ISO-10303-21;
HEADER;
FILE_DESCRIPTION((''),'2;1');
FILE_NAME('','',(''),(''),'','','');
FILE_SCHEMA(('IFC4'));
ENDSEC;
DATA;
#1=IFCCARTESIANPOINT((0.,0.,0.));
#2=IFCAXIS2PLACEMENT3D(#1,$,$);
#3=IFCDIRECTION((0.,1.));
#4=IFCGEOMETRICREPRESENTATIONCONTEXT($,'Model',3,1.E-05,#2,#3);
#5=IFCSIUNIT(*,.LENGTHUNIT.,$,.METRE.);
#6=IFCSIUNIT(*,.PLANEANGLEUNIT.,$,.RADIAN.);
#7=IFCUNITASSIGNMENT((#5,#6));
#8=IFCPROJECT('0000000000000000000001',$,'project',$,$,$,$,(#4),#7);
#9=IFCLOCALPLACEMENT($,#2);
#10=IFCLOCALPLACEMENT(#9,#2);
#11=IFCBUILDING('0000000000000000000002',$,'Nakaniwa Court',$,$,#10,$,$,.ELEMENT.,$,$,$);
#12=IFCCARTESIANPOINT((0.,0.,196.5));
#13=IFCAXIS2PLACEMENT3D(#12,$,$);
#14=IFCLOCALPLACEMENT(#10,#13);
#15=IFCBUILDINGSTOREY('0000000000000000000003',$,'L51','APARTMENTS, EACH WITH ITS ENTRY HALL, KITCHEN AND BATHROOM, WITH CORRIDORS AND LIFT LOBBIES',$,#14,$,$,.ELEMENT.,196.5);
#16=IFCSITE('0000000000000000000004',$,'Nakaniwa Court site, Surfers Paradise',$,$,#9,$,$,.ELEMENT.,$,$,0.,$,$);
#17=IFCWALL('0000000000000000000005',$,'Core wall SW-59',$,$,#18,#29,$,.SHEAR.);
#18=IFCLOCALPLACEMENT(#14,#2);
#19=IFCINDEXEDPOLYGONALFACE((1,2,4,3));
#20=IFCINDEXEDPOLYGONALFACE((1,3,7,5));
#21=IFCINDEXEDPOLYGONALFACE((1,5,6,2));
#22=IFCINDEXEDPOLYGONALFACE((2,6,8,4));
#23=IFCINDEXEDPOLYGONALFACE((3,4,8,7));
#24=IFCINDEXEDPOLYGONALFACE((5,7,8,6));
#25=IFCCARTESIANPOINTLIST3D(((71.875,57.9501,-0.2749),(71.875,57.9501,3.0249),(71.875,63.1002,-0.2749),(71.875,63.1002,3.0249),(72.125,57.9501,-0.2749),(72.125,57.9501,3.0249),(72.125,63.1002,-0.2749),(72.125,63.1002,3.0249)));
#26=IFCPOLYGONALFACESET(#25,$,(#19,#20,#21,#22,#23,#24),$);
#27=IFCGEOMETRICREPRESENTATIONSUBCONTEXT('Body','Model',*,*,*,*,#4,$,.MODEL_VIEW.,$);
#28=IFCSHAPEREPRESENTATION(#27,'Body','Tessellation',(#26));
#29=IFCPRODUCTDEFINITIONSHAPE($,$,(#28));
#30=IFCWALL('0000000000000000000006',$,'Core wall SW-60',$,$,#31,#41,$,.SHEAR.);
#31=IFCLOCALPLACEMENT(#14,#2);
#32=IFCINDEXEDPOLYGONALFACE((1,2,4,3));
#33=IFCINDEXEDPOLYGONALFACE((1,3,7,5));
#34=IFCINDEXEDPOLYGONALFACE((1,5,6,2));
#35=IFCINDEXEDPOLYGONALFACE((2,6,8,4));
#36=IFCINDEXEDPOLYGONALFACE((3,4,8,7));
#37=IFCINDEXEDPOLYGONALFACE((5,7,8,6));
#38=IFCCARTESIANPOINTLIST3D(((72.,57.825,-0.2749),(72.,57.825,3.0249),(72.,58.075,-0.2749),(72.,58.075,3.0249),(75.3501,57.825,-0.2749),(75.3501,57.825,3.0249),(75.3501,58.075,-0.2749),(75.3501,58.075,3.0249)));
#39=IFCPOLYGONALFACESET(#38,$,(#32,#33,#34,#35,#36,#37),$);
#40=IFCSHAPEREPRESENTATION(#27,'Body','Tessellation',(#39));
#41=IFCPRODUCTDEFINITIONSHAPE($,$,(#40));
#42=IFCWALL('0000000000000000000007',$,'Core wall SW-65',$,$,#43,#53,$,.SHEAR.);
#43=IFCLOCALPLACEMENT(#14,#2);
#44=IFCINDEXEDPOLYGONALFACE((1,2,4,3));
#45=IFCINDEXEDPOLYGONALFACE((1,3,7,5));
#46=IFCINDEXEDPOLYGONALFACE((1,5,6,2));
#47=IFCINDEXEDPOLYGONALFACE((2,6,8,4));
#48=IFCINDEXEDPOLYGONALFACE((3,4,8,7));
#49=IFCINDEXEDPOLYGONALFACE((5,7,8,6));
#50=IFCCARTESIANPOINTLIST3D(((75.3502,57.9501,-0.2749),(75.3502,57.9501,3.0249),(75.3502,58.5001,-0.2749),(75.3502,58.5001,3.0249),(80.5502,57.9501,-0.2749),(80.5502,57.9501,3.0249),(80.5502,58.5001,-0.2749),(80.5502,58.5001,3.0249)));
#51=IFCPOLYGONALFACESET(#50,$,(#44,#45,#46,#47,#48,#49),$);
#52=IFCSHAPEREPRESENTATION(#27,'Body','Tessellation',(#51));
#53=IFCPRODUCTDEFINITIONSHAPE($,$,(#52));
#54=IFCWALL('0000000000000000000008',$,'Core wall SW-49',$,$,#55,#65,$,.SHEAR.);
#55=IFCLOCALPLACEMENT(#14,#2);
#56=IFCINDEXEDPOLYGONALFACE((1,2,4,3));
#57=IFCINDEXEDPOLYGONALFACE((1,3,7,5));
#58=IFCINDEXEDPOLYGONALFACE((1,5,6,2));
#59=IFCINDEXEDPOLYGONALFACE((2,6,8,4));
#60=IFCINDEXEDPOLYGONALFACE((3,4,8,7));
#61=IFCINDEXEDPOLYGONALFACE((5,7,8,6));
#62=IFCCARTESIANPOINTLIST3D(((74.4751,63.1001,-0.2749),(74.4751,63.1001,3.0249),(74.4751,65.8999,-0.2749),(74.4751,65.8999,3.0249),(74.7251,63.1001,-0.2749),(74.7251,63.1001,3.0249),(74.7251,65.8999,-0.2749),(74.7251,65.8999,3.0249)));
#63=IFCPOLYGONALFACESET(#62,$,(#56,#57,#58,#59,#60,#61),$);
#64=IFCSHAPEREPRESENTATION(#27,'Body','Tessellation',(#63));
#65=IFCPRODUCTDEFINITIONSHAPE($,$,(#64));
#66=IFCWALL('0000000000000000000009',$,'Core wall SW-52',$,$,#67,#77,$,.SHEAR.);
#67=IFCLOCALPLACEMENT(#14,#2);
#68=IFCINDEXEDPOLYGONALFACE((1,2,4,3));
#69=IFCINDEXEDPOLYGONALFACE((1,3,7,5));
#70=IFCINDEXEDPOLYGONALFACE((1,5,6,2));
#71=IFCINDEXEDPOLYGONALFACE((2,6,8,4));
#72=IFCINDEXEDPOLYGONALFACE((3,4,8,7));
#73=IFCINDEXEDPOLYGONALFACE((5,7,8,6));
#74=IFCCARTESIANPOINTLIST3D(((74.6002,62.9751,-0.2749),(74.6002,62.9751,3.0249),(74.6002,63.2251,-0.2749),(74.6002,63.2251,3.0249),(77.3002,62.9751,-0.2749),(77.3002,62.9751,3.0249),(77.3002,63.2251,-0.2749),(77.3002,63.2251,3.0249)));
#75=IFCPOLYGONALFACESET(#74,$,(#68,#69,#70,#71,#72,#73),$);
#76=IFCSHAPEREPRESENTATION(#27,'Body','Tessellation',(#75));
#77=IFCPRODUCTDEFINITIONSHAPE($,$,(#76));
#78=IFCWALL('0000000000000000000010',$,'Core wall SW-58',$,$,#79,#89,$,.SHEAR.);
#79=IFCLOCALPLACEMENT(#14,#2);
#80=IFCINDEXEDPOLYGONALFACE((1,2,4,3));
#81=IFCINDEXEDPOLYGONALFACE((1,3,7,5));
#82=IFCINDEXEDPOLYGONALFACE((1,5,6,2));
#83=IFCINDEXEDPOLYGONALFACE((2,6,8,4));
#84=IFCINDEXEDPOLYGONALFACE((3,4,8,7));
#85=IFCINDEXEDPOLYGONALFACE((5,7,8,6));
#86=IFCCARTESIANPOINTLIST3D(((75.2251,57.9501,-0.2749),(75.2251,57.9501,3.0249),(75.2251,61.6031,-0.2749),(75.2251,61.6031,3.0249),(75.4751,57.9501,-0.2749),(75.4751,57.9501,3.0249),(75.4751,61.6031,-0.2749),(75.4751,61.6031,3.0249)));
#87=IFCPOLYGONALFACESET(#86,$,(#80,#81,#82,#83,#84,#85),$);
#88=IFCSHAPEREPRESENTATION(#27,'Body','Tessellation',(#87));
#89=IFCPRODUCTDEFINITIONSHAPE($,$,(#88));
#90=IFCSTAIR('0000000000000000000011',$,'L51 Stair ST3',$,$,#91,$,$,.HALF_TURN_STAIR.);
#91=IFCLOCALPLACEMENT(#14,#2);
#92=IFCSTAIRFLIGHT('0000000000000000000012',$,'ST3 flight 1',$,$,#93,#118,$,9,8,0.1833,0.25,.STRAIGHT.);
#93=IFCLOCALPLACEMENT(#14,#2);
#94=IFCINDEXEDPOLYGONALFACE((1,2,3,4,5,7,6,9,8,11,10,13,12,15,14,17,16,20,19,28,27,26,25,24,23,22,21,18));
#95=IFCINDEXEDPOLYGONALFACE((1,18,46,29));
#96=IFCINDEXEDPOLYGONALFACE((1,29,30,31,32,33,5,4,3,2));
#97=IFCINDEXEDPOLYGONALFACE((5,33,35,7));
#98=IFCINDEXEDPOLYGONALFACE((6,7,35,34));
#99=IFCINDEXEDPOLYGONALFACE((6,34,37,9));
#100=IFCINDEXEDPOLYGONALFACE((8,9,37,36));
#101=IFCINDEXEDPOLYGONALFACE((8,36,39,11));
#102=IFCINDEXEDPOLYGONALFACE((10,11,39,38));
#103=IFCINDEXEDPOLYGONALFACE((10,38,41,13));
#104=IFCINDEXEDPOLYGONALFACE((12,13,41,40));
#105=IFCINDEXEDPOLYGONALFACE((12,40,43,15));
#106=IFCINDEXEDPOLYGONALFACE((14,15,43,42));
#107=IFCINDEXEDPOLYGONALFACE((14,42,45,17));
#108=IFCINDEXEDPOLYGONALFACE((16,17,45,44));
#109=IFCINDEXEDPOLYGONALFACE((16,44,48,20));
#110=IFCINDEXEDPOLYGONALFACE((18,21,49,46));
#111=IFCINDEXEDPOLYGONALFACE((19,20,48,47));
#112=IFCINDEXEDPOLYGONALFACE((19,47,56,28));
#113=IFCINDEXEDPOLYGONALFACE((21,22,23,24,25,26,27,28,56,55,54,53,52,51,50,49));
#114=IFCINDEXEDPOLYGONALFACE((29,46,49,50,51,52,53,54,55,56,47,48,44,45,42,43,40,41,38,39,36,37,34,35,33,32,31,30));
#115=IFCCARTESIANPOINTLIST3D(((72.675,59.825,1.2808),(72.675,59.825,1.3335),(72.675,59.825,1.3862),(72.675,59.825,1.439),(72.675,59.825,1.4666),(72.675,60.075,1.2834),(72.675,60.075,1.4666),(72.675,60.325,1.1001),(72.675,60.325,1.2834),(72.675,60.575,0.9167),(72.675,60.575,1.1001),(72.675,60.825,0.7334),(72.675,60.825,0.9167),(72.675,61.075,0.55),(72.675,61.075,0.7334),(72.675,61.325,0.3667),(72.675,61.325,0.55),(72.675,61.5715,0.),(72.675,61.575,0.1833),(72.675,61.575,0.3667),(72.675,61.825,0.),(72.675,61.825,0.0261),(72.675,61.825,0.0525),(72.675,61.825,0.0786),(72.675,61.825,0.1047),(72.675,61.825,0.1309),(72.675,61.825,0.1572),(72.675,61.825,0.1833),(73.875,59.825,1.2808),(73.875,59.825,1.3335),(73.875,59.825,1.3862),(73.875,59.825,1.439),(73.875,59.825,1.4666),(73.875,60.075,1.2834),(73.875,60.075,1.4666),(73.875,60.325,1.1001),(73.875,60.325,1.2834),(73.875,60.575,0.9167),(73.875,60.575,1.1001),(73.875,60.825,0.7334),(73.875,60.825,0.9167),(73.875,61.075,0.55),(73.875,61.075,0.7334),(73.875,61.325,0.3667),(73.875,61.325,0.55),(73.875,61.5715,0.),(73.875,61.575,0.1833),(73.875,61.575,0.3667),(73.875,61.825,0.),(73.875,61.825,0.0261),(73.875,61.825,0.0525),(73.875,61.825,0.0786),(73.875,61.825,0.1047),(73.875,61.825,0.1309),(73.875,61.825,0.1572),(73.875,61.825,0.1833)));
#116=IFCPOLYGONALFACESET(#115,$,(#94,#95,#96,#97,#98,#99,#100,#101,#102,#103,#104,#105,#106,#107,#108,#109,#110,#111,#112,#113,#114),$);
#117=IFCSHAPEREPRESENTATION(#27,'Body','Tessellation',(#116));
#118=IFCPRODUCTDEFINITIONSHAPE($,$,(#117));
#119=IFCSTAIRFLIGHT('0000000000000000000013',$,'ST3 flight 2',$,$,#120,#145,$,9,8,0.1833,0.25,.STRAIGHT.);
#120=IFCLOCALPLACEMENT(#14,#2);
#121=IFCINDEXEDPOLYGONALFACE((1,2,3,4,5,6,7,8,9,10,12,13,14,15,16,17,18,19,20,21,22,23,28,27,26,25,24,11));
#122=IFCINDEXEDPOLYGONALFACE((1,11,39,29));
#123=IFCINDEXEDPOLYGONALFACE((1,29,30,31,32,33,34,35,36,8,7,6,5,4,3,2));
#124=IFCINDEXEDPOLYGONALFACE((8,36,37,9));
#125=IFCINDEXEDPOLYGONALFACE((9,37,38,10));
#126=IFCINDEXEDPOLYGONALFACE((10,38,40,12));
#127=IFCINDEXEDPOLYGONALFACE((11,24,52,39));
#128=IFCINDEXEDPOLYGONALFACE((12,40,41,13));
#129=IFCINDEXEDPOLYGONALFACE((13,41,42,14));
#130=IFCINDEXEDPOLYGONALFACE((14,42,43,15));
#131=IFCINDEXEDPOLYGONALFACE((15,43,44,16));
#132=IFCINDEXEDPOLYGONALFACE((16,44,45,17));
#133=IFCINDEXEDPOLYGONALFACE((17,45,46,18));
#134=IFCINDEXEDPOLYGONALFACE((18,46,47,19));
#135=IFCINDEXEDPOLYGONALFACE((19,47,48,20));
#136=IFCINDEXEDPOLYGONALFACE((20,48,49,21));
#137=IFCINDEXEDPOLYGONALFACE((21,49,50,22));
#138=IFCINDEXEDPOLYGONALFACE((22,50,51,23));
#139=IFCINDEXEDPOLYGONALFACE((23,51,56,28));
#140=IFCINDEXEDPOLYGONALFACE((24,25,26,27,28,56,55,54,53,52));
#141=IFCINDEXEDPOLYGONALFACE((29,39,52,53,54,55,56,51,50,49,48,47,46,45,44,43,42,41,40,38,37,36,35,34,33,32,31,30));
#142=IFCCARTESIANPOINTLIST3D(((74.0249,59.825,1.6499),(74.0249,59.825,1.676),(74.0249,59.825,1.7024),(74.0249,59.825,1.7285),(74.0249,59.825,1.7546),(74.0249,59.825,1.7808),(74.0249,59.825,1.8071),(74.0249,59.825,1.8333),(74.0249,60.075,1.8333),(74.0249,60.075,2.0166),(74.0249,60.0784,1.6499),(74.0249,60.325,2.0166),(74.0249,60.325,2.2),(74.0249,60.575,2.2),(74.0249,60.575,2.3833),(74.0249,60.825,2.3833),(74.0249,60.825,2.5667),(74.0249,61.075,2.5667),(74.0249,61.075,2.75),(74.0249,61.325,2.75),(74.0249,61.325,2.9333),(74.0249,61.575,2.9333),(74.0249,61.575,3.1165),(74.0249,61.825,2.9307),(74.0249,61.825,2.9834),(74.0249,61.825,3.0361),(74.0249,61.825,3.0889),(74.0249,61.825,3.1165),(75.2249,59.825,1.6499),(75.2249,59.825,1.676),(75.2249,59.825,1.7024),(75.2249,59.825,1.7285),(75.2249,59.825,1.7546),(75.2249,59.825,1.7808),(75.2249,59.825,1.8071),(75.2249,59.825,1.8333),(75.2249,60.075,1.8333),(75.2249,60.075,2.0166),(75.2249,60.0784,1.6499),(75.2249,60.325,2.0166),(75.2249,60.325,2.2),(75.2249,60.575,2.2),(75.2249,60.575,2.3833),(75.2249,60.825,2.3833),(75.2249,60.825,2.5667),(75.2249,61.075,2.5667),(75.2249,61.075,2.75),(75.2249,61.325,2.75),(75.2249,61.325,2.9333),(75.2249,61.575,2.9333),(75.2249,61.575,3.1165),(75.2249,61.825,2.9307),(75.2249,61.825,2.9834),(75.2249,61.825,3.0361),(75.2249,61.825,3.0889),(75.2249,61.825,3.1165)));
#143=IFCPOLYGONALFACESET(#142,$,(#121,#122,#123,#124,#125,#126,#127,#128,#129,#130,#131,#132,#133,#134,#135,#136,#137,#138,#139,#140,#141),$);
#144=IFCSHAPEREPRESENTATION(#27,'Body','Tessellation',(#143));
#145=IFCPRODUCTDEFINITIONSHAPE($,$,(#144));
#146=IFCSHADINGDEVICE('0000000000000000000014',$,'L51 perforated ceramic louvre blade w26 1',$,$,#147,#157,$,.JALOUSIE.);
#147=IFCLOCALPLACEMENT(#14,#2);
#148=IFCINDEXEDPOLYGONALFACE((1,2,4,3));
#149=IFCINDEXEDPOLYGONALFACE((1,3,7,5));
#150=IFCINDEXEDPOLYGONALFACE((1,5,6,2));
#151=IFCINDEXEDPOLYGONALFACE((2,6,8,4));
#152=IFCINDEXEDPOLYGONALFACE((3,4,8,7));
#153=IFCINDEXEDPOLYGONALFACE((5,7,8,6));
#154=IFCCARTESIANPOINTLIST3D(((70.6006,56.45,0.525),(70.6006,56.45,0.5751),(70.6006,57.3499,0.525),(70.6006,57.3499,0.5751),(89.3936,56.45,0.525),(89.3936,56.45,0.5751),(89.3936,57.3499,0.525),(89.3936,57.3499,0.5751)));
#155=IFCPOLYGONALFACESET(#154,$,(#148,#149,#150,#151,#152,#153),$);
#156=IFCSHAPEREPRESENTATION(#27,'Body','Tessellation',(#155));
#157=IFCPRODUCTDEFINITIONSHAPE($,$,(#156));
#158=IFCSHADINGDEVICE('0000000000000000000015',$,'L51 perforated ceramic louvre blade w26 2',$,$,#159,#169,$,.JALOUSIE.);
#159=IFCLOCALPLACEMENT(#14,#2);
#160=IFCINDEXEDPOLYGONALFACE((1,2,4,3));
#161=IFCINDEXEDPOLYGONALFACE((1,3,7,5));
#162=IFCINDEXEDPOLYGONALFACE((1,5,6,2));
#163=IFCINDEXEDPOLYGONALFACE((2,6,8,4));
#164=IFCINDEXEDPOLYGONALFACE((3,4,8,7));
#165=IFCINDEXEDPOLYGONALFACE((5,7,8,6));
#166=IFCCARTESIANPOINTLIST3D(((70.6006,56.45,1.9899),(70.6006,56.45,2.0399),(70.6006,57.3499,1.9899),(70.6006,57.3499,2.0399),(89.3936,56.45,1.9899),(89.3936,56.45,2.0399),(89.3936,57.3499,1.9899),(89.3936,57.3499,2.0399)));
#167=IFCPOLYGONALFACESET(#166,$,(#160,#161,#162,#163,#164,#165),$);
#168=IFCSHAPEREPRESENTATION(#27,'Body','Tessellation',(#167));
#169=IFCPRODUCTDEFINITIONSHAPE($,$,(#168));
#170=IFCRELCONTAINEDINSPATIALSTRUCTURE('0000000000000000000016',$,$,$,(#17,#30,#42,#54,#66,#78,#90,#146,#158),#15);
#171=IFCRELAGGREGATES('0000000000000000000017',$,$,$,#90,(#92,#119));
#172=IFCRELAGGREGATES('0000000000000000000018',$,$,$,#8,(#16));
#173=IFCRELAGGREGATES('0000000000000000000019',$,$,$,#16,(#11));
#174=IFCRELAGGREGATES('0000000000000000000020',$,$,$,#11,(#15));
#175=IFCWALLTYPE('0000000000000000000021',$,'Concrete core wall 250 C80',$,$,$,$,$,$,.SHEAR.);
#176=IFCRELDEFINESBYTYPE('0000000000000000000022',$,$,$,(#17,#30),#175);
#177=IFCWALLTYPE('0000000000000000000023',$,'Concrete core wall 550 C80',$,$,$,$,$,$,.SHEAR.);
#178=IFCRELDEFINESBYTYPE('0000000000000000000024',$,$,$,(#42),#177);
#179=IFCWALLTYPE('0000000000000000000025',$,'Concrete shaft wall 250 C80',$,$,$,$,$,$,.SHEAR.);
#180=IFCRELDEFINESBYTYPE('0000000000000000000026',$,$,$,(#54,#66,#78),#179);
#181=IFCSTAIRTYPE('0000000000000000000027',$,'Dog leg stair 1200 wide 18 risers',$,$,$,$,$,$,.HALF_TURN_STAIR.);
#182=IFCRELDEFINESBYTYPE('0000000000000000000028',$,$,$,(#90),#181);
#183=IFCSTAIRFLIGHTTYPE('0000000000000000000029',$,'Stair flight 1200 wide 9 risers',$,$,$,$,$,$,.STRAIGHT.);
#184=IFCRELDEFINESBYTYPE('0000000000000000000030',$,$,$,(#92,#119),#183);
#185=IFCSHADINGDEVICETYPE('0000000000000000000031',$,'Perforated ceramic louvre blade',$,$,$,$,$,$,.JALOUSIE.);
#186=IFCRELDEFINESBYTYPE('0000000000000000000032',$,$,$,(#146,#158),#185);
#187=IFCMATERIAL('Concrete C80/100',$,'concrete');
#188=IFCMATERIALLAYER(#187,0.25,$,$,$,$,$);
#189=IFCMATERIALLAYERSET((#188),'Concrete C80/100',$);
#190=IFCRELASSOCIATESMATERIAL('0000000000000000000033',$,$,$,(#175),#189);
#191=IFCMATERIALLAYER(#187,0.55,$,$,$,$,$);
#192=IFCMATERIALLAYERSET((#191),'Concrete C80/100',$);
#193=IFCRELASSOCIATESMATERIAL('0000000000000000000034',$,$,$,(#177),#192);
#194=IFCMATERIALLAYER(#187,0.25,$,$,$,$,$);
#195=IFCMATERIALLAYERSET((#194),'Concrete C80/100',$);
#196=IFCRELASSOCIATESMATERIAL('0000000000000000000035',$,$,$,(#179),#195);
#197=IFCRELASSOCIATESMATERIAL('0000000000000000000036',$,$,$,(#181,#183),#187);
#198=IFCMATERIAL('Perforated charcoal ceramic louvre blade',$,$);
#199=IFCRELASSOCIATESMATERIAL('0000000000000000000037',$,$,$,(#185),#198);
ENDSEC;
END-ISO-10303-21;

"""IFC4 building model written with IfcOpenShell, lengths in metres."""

from ifc_helpers import new_model, si_unit, direction, frame, frame_2d, origin, origin_2d, place, context, subcontext, project, spatial, polyline, rectangle, outline, extrude, material, layer, layer_set, material_profile, profile_set, type_object, element, aggregate, save


model = new_model("IFC4")

# Units and contexts
model_context = context("Model", 3, precision=1e-05, world=origin(), true_north=direction((0.0, 1.0)))
body_context = subcontext(model_context, "Body", "Model", "MODEL_VIEW")
ifc_project = project(units=[si_unit("LENGTHUNIT", "METRE"), si_unit("PLANEANGLEUNIT", "RADIAN")], contexts=[model_context])

# Site, building, storey
site_placement = place(None, origin())
site = spatial("IfcSite", under=ifc_project, at=site_placement, Name="Nakaniwa Court site, Surfers Paradise", CompositionType="ELEMENT", RefElevation=0.0)
building_placement = place(site_placement, origin())
building = spatial("IfcBuilding", under=site, at=building_placement, Name="Nakaniwa Court", CompositionType="ELEMENT")
storey_placement = place(building_placement, frame((0.0, 0.0, 196.5)))
storey = spatial("IfcBuildingStorey", under=building, at=storey_placement, Name="L51", Description="APARTMENTS, EACH WITH ITS ENTRY HALL, KITCHEN AND BATHROOM, WITH CORRIDORS AND LIFT LOBBIES", CompositionType="ELEMENT", Elevation=196.5)

# Shared definitions
ifc_material_1 = material(Name="Concrete C80/100", Category="concrete")

# Walls
ifc_layer_1 = layer(ifc_material_1, 0.25)
ifc_layer_set_1 = layer_set([ifc_layer_1], Name="Concrete C80/100")
wall_type_1 = type_object("IfcWallType", Name="Concrete core wall 250 C80", PredefinedType="SHEAR", material=ifc_layer_set_1)
wall_1_placement = place(storey_placement, frame((72.0, 57.95, -0.2749), z_axis=(0.0, 0.0, 1.0), x_axis=(0.0, 1.0, 0.0)))
element("IfcWall", 1, at=wall_1_placement, inside=storey, type_object=wall_type_1, Name="Core wall SW-59", PredefinedType="SHEAR", context=body_context, shape_type="SweptSolid", body=[
    extrude(rectangle(XDim=5.1501, YDim=0.25, at=frame_2d((2.5752, 0.0))), origin(), (0.0, 0.0, 1.0), 3.2998),
])
wall_2_placement = place(storey_placement, frame((72.0, 57.95, -0.2749), z_axis=(0.0, 0.0, 1.0), x_axis=(1.0, 0.0, 0.0)))
element("IfcWall", 2, at=wall_2_placement, inside=storey, type_object=wall_type_1, Name="Core wall SW-60", PredefinedType="SHEAR", context=body_context, shape_type="SweptSolid", body=[
    extrude(rectangle(XDim=3.3501, YDim=0.25, at=frame_2d((1.675, 0.0))), origin(), (0.0, 0.0, 1.0), 3.2998),
])
ifc_layer_2 = layer(ifc_material_1, 0.55)
ifc_layer_set_2 = layer_set([ifc_layer_2], Name="Concrete C80/100")
wall_type_2 = type_object("IfcWallType", Name="Concrete core wall 550 C80", PredefinedType="SHEAR", material=ifc_layer_set_2)
wall_3_placement = place(storey_placement, frame((75.3501, 58.2251, -0.2749), z_axis=(0.0, 0.0, 1.0), x_axis=(1.0, 0.0, 0.0)))
element("IfcWall", 3, at=wall_3_placement, inside=storey, type_object=wall_type_2, Name="Core wall SW-65", PredefinedType="SHEAR", context=body_context, shape_type="SweptSolid", body=[
    extrude(rectangle(XDim=5.2, YDim=0.55, at=frame_2d((2.6001, 0.0))), origin(), (0.0, 0.0, 1.0), 3.2998),
])
ifc_layer_3 = layer(ifc_material_1, 0.25)
ifc_layer_set_3 = layer_set([ifc_layer_3], Name="Concrete C80/100")
wall_type_3 = type_object("IfcWallType", Name="Concrete shaft wall 250 C80", PredefinedType="SHEAR", material=ifc_layer_set_3)
wall_4_placement = place(storey_placement, frame((74.6001, 63.1001, -0.2749), z_axis=(0.0, 0.0, 1.0), x_axis=(0.0, 1.0, 0.0)))
element("IfcWall", 4, at=wall_4_placement, inside=storey, type_object=wall_type_3, Name="Core wall SW-49", PredefinedType="SHEAR", context=body_context, shape_type="SweptSolid", body=[
    extrude(rectangle(XDim=2.7998, YDim=0.25, at=frame_2d((1.3999, 0.0))), origin(), (0.0, 0.0, 1.0), 3.2998),
])
wall_5_placement = place(storey_placement, frame((74.6001, 63.1001, -0.2749), z_axis=(0.0, 0.0, 1.0), x_axis=(1.0, 0.0, 0.0)))
element("IfcWall", 5, at=wall_5_placement, inside=storey, type_object=wall_type_3, Name="Core wall SW-52", PredefinedType="SHEAR", context=body_context, shape_type="SweptSolid", body=[
    extrude(rectangle(XDim=2.7, YDim=0.25, at=frame_2d((1.3501, 0.0))), origin(), (0.0, 0.0, 1.0), 3.2998),
])
wall_6_placement = place(storey_placement, frame((75.3501, 57.95, -0.2749), z_axis=(0.0, 0.0, 1.0), x_axis=(0.0, 1.0, 0.0)))
element("IfcWall", 6, at=wall_6_placement, inside=storey, type_object=wall_type_3, Name="Core wall SW-58", PredefinedType="SHEAR", context=body_context, shape_type="SweptSolid", body=[
    extrude(rectangle(XDim=3.6531, YDim=0.25, at=frame_2d((1.8267, 0.0))), origin(), (0.0, 0.0, 1.0), 3.2998),
])

# Stair, stair flights
stair_type = type_object("IfcStairType", Name="Dog leg stair 1200 wide 18 risers", PredefinedType="HALF_TURN_STAIR", material=ifc_material_1)
stair_placement = place(storey_placement, origin())
stair = element("IfcStair", 7, at=stair_placement, inside=storey, type_object=stair_type, Name="L51 Stair ST3", PredefinedType="HALF_TURN_STAIR")
stair_flight_type = type_object("IfcStairFlightType", Name="Stair flight 1200 wide 9 risers", PredefinedType="STRAIGHT", material=ifc_material_1)
stair_flight_1_placement = place(storey_placement, frame((73.2749, 61.825, 0.0), z_axis=(0.0, 0.0, 1.0), x_axis=(0.0, -1.0, 0.0)))
stair_flight_1 = element("IfcStairFlight", 8, at=stair_flight_1_placement, type_object=stair_flight_type, Name="ST3 flight 1", NumberOfRisers=9, NumberOfTreads=8, PredefinedType="STRAIGHT", RiserHeight=0.1833, TreadLength=0.25, context=body_context, shape_type="SweptSolid", body=[
    extrude(outline(polyline([(0.0, 0.0), (0.0, 0.0261), (0.0, 0.0525), (0.0, 0.0786), (0.0, 0.1047), (0.0, 0.1309), (0.0, 0.1572), (0.0, 0.1833), (0.25, 0.1833), (0.25, 0.3667), (0.5, 0.3667), (0.5, 0.55), (0.75, 0.55), (0.75, 0.7334), (1.0, 0.7334), (1.0, 0.9167), (1.25, 0.9167), (1.25, 1.1001), (1.5, 1.1001), (1.5, 1.2834), (1.75, 1.2834), (1.75, 1.4666), (2.0, 1.4666), (2.0, 1.6499), (2.0, 1.5972), (2.0, 1.5444), (2.0, 1.4917), (2.0, 1.439), (2.0, 1.3862), (2.0, 1.3335), (2.0, 1.2808), (0.2534, 0.0), (0.0, 0.0)])), frame((0.0, 0.6001, 0.0), z_axis=(0.0, -1.0, 0.0), x_axis=(1.0, 0.0, 0.0)), (0.0, 0.0, 1.0), 1.2),
])
stair_flight_2_placement = place(storey_placement, frame((74.625, 59.825, 1.6499), z_axis=(0.0, 0.0, 1.0), x_axis=(0.0, 1.0, 0.0)))
stair_flight_2 = element("IfcStairFlight", 9, at=stair_flight_2_placement, type_object=stair_flight_type, Name="ST3 flight 2", NumberOfRisers=9, NumberOfTreads=8, PredefinedType="STRAIGHT", RiserHeight=0.1833, TreadLength=0.25, context=body_context, shape_type="SweptSolid", body=[
    extrude(outline(polyline([(0.0, 0.0), (0.0, 0.0261), (0.0, 0.0525), (0.0, 0.0786), (0.0, 0.1047), (0.0, 0.1309), (0.0, 0.1572), (0.0, 0.1833), (0.25, 0.1833), (0.25, 0.3667), (0.5, 0.3667), (0.5, 0.55), (0.75, 0.55), (0.75, 0.7334), (1.0, 0.7334), (1.0, 0.9167), (1.25, 0.9167), (1.25, 1.1001), (1.5, 1.1001), (1.5, 1.2834), (1.75, 1.2834), (1.75, 1.4666), (2.0, 1.4666), (2.0, 1.6499), (2.0, 1.5972), (2.0, 1.5444), (2.0, 1.4917), (2.0, 1.439), (2.0, 1.3862), (2.0, 1.3335), (2.0, 1.2808), (0.2534, 0.0), (0.0, 0.0)])), frame((0.0, 0.6001, 0.0), z_axis=(0.0, -1.0, 0.0), x_axis=(1.0, 0.0, 0.0)), (0.0, 0.0, 1.0), 1.2),
])
aggregate(stair, [stair_flight_1, stair_flight_2])

# Shading devices
ifc_material_2 = material(Name="Perforated charcoal ceramic louvre blade")
ifc_material_profile_1 = material_profile(ifc_material_2, rectangle(XDim=0.8999, YDim=0.05, at=origin_2d()), Name="Perforated ceramic louvre blade")
ifc_profile_set_1 = profile_set([ifc_material_profile_1], Name="Perforated charcoal ceramic louvre blade")
shading_device_type = type_object("IfcShadingDeviceType", Name="Perforated ceramic louvre blade", PredefinedType="JALOUSIE", material=ifc_profile_set_1)
for number, where, z_axis, x_axis, name in (
    (10, (70.6006, 56.8999, 0.55), (1.0, 0.0, 0.0), (0.0, 1.0, 0.0), "L51 perforated ceramic louvre blade w26 1"),
    (11, (70.6006, 56.8999, 2.0149), (1.0, 0.0, 0.0), (0.0, 1.0, 0.0), "L51 perforated ceramic louvre blade w26 2"),
):
    element("IfcShadingDevice", number, at=place(storey_placement, frame(where, z_axis=z_axis, x_axis=x_axis)), inside=storey, type_object=shading_device_type, Name=name, PredefinedType="JALOUSIE", context=body_context, shape_type="SweptSolid", body=[
        extrude(rectangle(XDim=0.8999, YDim=0.05, at=origin_2d()), origin(), (0.0, 0.0, 1.0), 18.793),
    ])

save(model, "model.ifc")
